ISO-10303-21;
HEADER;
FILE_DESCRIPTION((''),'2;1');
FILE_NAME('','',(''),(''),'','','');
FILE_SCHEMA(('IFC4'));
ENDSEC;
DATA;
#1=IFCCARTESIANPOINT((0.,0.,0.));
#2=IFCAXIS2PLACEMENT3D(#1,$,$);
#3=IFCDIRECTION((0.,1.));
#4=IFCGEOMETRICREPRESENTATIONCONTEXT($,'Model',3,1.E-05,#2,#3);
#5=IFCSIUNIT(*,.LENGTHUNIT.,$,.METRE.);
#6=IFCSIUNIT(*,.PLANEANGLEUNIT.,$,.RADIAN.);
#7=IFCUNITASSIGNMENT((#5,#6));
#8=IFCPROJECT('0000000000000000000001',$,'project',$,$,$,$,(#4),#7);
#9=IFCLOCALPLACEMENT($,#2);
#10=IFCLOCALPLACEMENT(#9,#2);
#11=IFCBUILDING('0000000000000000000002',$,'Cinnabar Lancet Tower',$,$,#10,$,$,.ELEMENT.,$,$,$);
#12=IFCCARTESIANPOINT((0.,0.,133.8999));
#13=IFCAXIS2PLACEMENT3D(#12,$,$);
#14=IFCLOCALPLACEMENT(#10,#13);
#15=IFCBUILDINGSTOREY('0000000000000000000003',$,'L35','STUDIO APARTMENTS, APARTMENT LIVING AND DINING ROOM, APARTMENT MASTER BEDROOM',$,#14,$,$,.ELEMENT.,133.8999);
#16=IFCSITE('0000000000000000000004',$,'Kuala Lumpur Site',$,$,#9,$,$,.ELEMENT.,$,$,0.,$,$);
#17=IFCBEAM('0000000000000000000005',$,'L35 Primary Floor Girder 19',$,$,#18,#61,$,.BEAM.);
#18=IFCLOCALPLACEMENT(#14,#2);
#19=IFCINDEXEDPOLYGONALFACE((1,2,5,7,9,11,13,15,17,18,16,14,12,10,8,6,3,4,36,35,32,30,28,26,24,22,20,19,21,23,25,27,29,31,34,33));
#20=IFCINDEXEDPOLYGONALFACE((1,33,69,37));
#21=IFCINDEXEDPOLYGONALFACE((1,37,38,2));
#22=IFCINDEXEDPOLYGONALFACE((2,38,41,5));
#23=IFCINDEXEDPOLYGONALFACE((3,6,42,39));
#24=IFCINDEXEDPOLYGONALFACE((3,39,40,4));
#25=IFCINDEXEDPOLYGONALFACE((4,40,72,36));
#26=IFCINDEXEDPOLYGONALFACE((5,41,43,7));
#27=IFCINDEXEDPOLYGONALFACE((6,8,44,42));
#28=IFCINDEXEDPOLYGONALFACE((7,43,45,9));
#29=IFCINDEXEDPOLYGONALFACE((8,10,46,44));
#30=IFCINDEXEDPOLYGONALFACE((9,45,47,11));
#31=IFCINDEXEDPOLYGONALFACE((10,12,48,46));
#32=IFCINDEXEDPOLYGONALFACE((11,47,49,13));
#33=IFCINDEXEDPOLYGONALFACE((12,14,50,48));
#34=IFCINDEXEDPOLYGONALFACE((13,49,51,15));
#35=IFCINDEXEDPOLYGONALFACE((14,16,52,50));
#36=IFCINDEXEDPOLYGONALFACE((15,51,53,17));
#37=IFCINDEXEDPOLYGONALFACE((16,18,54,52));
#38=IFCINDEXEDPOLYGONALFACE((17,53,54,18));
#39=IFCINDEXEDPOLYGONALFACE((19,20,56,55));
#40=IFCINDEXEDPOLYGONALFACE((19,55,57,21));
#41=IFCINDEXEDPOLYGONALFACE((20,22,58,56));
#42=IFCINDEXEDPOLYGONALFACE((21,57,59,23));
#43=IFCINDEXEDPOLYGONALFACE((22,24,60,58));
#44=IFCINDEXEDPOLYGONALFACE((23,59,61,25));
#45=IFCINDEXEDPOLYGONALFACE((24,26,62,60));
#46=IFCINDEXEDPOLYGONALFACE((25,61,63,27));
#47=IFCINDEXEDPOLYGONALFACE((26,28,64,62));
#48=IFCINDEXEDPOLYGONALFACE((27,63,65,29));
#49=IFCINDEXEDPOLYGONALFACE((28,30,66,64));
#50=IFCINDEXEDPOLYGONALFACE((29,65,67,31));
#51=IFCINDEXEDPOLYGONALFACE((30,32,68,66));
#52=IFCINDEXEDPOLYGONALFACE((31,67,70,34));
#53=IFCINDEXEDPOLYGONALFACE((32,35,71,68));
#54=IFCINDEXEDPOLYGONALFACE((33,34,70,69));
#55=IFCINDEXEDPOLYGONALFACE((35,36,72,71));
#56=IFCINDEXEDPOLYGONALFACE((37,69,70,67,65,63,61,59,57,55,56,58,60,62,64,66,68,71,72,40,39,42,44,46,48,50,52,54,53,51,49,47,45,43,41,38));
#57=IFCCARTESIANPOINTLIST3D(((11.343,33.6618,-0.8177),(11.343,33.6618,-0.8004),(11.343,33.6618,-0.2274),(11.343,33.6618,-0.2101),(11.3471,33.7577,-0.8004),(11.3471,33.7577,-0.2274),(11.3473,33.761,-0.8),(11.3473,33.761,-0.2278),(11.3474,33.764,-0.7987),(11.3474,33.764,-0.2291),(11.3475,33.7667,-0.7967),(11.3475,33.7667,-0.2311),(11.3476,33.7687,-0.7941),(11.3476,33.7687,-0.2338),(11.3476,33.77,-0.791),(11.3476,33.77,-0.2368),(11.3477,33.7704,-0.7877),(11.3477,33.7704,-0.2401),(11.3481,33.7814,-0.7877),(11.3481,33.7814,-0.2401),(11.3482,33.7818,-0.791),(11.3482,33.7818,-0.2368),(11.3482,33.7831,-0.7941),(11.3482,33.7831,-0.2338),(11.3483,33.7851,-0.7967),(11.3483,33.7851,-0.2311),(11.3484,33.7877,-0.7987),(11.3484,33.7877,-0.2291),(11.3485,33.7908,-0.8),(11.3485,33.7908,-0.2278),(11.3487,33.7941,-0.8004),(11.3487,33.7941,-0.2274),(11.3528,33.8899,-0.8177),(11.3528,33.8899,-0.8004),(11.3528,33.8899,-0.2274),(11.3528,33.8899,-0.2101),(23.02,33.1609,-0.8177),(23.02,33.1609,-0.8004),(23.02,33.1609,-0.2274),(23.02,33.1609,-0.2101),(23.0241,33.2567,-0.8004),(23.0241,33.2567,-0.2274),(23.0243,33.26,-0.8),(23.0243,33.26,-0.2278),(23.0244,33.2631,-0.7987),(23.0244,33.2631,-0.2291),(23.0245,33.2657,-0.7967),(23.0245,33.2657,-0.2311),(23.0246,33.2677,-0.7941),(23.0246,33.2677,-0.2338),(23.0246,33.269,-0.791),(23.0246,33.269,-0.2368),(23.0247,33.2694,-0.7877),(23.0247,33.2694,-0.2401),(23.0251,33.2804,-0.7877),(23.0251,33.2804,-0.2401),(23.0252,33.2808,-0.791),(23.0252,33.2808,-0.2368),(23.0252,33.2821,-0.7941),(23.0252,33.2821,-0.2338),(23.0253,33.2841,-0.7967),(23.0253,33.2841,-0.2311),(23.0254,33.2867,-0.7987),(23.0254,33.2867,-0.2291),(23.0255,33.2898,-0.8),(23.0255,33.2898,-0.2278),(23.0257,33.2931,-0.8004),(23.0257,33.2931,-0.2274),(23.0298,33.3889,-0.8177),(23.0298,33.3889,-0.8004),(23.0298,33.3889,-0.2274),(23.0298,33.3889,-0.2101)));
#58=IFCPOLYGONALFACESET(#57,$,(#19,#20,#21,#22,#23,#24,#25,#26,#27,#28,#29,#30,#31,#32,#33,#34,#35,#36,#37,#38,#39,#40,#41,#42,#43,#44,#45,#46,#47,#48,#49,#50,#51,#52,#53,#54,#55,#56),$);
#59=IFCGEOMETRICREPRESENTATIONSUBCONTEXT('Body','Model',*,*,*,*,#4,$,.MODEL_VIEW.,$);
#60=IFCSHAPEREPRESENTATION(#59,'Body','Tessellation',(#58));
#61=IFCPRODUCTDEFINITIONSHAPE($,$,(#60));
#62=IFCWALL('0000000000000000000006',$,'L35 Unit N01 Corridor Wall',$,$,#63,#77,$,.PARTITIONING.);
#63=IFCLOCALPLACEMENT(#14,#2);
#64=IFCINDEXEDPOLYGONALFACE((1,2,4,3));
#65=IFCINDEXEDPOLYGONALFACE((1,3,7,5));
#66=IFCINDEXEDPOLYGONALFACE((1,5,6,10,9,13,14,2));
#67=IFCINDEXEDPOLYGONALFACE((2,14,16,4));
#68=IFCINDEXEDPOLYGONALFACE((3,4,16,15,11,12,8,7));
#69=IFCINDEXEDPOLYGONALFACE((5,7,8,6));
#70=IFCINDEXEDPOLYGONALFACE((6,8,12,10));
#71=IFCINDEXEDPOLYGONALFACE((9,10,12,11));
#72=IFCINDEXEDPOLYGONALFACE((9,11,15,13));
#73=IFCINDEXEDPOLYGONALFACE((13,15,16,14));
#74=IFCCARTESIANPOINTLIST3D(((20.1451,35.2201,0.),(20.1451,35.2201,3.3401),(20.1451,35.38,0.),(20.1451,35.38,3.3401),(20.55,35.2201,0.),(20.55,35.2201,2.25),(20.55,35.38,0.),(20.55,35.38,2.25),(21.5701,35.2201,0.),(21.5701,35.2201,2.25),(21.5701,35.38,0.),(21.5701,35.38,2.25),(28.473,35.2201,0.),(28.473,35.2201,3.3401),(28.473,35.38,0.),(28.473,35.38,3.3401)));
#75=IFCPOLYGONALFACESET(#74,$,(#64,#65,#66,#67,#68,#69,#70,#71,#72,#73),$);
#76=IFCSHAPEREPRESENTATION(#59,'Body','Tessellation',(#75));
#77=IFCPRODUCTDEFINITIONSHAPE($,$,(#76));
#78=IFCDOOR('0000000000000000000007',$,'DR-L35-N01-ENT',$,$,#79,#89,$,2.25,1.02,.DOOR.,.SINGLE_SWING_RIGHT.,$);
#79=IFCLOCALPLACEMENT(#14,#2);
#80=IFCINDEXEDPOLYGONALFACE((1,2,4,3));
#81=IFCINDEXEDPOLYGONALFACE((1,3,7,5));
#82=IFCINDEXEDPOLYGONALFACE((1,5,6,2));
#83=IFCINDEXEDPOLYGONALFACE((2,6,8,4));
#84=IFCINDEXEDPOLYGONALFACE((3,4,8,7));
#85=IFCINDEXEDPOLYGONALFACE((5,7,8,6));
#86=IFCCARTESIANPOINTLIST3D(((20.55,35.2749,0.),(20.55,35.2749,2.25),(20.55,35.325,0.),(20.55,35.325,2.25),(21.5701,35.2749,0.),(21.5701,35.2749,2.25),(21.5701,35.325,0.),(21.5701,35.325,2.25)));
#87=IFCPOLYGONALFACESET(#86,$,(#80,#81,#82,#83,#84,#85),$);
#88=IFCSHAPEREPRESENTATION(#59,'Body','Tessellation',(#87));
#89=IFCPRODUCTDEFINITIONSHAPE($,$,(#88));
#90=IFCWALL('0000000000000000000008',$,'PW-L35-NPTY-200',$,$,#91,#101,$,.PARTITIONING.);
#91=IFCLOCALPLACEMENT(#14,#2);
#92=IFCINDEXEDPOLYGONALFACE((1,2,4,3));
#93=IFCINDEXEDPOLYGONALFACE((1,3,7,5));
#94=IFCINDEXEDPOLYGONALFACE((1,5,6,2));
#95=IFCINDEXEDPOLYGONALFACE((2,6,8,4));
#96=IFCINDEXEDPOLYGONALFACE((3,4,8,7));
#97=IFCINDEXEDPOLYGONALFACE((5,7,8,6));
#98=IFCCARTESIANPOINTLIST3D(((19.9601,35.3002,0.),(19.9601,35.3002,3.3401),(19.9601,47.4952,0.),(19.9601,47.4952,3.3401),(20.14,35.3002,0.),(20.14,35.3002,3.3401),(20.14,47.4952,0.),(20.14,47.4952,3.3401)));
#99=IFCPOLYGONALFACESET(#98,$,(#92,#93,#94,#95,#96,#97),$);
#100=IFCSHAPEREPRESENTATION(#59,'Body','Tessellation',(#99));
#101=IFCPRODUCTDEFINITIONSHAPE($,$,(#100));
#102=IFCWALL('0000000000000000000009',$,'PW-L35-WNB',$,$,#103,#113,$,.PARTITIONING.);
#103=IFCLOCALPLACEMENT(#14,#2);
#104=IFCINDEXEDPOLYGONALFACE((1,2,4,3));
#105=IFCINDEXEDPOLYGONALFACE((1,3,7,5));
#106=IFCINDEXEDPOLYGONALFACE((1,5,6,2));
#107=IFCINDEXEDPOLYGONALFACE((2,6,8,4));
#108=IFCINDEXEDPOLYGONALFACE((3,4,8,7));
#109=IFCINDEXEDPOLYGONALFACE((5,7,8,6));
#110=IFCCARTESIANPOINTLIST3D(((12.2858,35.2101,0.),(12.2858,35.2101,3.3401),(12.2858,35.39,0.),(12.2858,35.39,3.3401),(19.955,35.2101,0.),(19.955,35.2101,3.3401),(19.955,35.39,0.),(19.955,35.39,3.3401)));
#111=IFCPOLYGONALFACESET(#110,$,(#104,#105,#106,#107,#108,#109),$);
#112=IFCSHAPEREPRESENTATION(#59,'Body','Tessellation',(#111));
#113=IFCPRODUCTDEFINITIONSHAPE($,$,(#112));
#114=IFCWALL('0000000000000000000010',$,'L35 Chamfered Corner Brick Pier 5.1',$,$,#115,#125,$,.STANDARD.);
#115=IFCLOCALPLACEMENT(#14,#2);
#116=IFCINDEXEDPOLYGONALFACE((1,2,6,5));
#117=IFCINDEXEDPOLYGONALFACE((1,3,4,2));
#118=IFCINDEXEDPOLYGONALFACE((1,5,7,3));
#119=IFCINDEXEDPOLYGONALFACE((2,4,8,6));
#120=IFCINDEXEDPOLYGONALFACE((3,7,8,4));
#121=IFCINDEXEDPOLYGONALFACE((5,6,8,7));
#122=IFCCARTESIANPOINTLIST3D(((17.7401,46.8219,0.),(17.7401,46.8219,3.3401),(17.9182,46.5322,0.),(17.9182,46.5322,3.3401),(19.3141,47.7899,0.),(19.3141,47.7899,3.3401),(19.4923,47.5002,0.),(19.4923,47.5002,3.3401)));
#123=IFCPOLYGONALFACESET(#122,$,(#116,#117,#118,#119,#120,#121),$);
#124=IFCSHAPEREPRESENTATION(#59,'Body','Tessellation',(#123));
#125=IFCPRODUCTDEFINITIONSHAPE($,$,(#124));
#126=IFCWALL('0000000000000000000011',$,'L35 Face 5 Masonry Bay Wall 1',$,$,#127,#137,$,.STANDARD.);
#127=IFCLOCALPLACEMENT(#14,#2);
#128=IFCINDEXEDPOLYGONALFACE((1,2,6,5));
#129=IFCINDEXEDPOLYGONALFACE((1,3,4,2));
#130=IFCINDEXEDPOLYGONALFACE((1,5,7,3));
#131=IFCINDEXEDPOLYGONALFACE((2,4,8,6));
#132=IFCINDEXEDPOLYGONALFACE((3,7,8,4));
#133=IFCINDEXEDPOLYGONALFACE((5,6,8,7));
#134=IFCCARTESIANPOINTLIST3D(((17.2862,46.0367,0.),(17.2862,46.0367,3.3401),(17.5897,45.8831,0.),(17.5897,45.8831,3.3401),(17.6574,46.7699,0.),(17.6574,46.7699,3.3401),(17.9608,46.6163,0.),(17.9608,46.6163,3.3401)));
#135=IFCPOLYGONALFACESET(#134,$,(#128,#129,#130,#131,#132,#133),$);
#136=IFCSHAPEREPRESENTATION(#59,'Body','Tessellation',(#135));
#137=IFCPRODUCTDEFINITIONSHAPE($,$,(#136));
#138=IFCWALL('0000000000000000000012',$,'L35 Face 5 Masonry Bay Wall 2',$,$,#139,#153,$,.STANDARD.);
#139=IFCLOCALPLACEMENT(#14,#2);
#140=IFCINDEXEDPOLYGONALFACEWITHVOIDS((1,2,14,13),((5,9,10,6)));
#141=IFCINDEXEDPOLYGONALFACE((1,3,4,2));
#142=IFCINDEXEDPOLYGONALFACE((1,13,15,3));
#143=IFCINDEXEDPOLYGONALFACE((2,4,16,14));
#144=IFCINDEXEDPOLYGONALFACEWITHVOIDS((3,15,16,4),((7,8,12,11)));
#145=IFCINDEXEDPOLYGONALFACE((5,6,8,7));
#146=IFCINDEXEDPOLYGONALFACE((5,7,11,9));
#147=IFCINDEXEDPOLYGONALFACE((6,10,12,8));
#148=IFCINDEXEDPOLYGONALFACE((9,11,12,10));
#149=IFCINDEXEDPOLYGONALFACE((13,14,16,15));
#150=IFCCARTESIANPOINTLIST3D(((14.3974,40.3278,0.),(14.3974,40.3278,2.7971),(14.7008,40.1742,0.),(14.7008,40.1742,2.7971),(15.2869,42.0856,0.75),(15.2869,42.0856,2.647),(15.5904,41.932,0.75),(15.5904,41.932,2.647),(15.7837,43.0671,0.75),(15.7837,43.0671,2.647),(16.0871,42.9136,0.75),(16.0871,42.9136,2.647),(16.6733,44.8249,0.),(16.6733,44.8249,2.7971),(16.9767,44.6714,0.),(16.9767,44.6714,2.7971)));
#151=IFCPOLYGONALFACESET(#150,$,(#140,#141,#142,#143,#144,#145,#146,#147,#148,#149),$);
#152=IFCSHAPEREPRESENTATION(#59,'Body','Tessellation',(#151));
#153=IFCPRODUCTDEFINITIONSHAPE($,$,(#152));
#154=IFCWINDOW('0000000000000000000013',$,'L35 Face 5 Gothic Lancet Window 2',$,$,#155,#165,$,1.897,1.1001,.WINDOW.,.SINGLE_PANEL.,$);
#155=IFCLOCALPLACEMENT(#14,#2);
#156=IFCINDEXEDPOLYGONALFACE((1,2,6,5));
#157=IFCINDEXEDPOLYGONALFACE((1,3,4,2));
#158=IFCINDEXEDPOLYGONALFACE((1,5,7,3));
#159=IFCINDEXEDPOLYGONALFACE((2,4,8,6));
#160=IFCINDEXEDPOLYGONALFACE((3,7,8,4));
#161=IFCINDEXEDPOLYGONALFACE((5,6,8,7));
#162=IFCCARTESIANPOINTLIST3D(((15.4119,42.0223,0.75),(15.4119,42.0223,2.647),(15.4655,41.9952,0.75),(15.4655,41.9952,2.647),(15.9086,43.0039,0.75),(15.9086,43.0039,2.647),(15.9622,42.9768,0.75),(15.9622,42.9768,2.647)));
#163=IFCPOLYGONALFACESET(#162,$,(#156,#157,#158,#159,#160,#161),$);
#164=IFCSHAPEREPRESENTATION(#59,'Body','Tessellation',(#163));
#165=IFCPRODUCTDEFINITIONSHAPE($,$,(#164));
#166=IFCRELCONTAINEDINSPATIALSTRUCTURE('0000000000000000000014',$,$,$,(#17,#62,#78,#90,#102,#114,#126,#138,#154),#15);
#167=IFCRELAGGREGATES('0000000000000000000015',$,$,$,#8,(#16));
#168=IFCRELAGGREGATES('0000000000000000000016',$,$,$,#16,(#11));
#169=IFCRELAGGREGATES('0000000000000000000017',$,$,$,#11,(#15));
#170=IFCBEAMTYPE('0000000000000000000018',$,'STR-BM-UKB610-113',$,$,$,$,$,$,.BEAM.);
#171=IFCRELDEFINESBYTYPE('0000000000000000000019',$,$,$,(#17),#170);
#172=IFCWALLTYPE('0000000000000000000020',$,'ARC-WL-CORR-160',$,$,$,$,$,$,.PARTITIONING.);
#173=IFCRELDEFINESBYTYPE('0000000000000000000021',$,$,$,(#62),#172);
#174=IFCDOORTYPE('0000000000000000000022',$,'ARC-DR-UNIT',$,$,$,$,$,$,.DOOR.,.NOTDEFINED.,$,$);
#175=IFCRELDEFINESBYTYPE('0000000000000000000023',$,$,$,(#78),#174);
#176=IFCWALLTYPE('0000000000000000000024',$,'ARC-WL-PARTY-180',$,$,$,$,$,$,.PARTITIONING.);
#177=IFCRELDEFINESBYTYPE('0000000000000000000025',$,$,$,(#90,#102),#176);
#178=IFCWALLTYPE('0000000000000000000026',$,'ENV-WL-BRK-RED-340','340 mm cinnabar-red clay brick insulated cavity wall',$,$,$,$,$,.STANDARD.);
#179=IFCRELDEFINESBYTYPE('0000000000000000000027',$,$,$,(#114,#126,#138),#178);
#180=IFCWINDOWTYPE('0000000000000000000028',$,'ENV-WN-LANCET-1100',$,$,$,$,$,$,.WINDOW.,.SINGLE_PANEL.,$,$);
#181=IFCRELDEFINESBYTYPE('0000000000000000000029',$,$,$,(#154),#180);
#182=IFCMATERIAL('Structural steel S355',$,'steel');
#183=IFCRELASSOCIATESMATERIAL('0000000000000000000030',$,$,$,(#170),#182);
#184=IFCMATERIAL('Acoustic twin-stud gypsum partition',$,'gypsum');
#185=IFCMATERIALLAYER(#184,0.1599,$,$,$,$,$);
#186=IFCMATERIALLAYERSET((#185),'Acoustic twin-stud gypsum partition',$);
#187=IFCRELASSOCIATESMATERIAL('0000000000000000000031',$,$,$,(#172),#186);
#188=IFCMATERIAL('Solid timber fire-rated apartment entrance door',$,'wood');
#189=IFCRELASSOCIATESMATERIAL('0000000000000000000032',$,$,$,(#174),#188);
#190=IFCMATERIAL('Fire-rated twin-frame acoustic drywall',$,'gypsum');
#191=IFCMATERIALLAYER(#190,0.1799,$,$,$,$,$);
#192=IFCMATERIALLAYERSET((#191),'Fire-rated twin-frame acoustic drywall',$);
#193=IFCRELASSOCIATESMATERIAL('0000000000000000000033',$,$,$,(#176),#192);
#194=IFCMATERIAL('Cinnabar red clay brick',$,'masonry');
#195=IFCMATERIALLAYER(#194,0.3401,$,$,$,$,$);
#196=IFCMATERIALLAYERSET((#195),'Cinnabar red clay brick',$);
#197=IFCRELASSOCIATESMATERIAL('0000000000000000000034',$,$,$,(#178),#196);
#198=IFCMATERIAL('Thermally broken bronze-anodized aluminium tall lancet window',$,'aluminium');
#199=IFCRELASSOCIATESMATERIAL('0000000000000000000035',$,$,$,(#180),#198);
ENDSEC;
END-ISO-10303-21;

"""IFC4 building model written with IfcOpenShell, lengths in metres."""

from ifc_helpers import new_model, si_unit, direction, frame, frame_2d, origin, origin_2d, place, context, subcontext, project, spatial, rectangle, i_section, extrude, material, layer, layer_set, material_profile, profile_set, type_object, element, fill, save


model = new_model("IFC4")

# Units and contexts
model_context = context("Model", 3, precision=1e-05, world=origin(), true_north=direction((0.0, 1.0)))
body_context = subcontext(model_context, "Body", "Model", "MODEL_VIEW")
ifc_project = project(units=[si_unit("LENGTHUNIT", "METRE"), si_unit("PLANEANGLEUNIT", "RADIAN")], contexts=[model_context])

# Site, building, storey
site_placement = place(None, origin())
site = spatial("IfcSite", under=ifc_project, at=site_placement, Name="Kuala Lumpur Site", CompositionType="ELEMENT", RefElevation=0.0)
building_placement = place(site_placement, origin())
building = spatial("IfcBuilding", under=site, at=building_placement, Name="Cinnabar Lancet Tower", CompositionType="ELEMENT")
storey_placement = place(building_placement, frame((0.0, 0.0, 133.8999)))
storey = spatial("IfcBuildingStorey", under=building, at=storey_placement, Name="L35", Description="STUDIO APARTMENTS, APARTMENT LIVING AND DINING ROOM, APARTMENT MASTER BEDROOM", CompositionType="ELEMENT", Elevation=133.8999)

# Beam
ifc_material_1 = material(Name="Structural steel S355", Category="steel")
ifc_material_profile_1 = material_profile(ifc_material_1, i_section(OverallWidth=0.2283, OverallDepth=0.6077, WebThickness=0.011, FlangeThickness=0.0173, FilletRadius=0.0127, at=origin_2d()), Name="UKB 610x229x113")
ifc_profile_set_1 = profile_set([ifc_material_profile_1], Name="Structural steel S355")
beam_type_1 = type_object("IfcBeamType", Name="STR-BM-UKB610-113", PredefinedType="BEAM", material=ifc_profile_set_1)
beam_1_placement = place(storey_placement, frame((11.3479, 33.7759, -0.5139), z_axis=(0.999081, -0.042863, 0.0), x_axis=(0.042863, 0.999081, 0.0)))
element("IfcBeam", 1, at=beam_1_placement, inside=storey, type_object=beam_type_1, Name="L35 Primary Floor Girder 19", PredefinedType="BEAM", context=body_context, shape_type="SweptSolid", body=[
    extrude(i_section(OverallWidth=0.2283, OverallDepth=0.6077, WebThickness=0.011, FlangeThickness=0.0173, FilletRadius=0.0127, at=origin_2d()), origin(), (0.0, 0.0, 1.0), 11.6877),
])

# Wall, opening, door
ifc_material_2 = material(Name="Acoustic twin-stud gypsum partition", Category="gypsum")
ifc_layer_1 = layer(ifc_material_2, 0.1599)
ifc_layer_set_1 = layer_set([ifc_layer_1], Name="Acoustic twin-stud gypsum partition")
wall_type_1 = type_object("IfcWallType", Name="ARC-WL-CORR-160", PredefinedType="PARTITIONING", material=ifc_layer_set_1)
wall_1_placement = place(storey_placement, frame((20.145, 35.3, 0.0), z_axis=(0.0, 0.0, 1.0), x_axis=(1.0, 0.0, 0.0)))
wall_1 = element("IfcWall", 2, at=wall_1_placement, inside=storey, type_object=wall_type_1, Name="L35 Unit N01 Corridor Wall", PredefinedType="PARTITIONING", context=body_context, shape_type="SweptSolid", body=[
    extrude(rectangle(XDim=8.3279, YDim=0.1599, at=frame_2d((4.1641, 0.0))), origin(), (0.0, 0.0, 1.0), 3.3401),
])
opening_1_placement = place(wall_1_placement, frame((0.405, 0.0, 0.0)))
opening_1 = element("IfcOpeningElement", 3, at=opening_1_placement, cuts=wall_1, PredefinedType="OPENING", context=body_context, shape_type="SweptSolid", body=[
    extrude(rectangle(XDim=1.02, YDim=2.25, at=frame_2d((0.51, 1.125))), frame((0.0, 0.0898, 0.0), z_axis=(0.0, -1.0, 0.0), x_axis=(1.0, 0.0, 0.0)), (0.0, 0.0, 1.0), 0.1799),
])
ifc_material_3 = material(Name="Solid timber fire-rated apartment entrance door", Category="wood")
door_type = type_object("IfcDoorType", Name="ARC-DR-UNIT", OperationType="NOTDEFINED", PredefinedType="DOOR", material=ifc_material_3)
door_placement = place(opening_1_placement, origin())
door = element("IfcDoor", 4, at=door_placement, inside=storey, type_object=door_type, Name="DR-L35-N01-ENT", OperationType="SINGLE_SWING_RIGHT", OverallHeight=2.25, OverallWidth=1.02, PredefinedType="DOOR", context=body_context, shape_type="SweptSolid", body=[
    extrude(rectangle(XDim=1.02, YDim=2.25, at=frame_2d((0.51, 1.125))), frame((0.0, 0.0249, 0.0), z_axis=(0.0, -1.0, 0.0), x_axis=(1.0, 0.0, 0.0)), (0.0, 0.0, 1.0), 0.05),
])
fill(opening_1, door)

# Walls
ifc_material_4 = material(Name="Fire-rated twin-frame acoustic drywall", Category="gypsum")
ifc_layer_2 = layer(ifc_material_4, 0.1799)
ifc_layer_set_2 = layer_set([ifc_layer_2], Name="Fire-rated twin-frame acoustic drywall")
wall_type_2 = type_object("IfcWallType", Name="ARC-WL-PARTY-180", PredefinedType="PARTITIONING", material=ifc_layer_set_2)
wall_2_placement = place(storey_placement, frame((20.05, 35.3, 0.0), z_axis=(0.0, 0.0, 1.0), x_axis=(0.0, 1.0, 0.0)))
element("IfcWall", 5, at=wall_2_placement, inside=storey, type_object=wall_type_2, Name="PW-L35-NPTY-200", PredefinedType="PARTITIONING", context=body_context, shape_type="SweptSolid", body=[
    extrude(rectangle(XDim=12.1951, YDim=0.1799, at=frame_2d((6.0977, 0.0))), origin(), (0.0, 0.0, 1.0), 3.3401),
])
wall_3_placement = place(storey_placement, frame((12.2859, 35.3, 0.0), z_axis=(0.0, 0.0, 1.0), x_axis=(1.0, 0.0, 0.0)))
element("IfcWall", 6, at=wall_3_placement, inside=storey, type_object=wall_type_2, Name="PW-L35-WNB", PredefinedType="PARTITIONING", context=body_context, shape_type="SweptSolid", body=[
    extrude(rectangle(XDim=7.6692, YDim=0.1799, at=frame_2d((3.8345, 0.0))), origin(), (0.0, 0.0, 1.0), 3.3401),
])
ifc_material_5 = material(Name="Cinnabar red clay brick", Category="masonry")
ifc_layer_3 = layer(ifc_material_5, 0.3401)
ifc_layer_set_3 = layer_set([ifc_layer_3], Name="Cinnabar red clay brick")
wall_type_3 = type_object("IfcWallType", Name="ENV-WL-BRK-RED-340", Description="340 mm cinnabar-red clay brick insulated cavity wall", PredefinedType="STANDARD", material=ifc_layer_set_3)
wall_4_placement = place(storey_placement, frame((19.4031, 47.645, 0.0), z_axis=(0.0, 0.0, 1.0), x_axis=(-0.851799, -0.523869, 0.0)))
element("IfcWall", 7, at=wall_4_placement, inside=storey, type_object=wall_type_3, Name="L35 Chamfered Corner Brick Pier 5.1", PredefinedType="STANDARD", context=body_context, shape_type="SweptSolid", body=[
    extrude(rectangle(XDim=1.8479, YDim=0.3401, at=frame_2d((0.9238, 0.0))), origin(), (0.0, 0.0, 1.0), 3.3401),
])
wall_5_placement = place(storey_placement, frame((17.8091, 46.6931, 0.0), z_axis=(0.0, 0.0, 1.0), x_axis=(-0.451605, -0.892218, 0.0)))
element("IfcWall", 8, at=wall_5_placement, inside=storey, type_object=wall_type_3, Name="L35 Face 5 Masonry Bay Wall 1", PredefinedType="STANDARD", context=body_context, shape_type="SweptSolid", body=[
    extrude(rectangle(XDim=0.8218, YDim=0.3401, at=frame_2d((0.4109, 0.0))), origin(), (0.0, 0.0, 1.0), 3.3401),
])

# Wall, opening, window
wall_6_placement = place(storey_placement, frame((16.825, 44.748, 0.0), z_axis=(0.0, 0.0, 1.0), x_axis=(-0.451548, -0.892247, 0.0)))
wall_6 = element("IfcWall", 9, at=wall_6_placement, inside=storey, type_object=wall_type_3, Name="L35 Face 5 Masonry Bay Wall 2", PredefinedType="STANDARD", context=body_context, shape_type="SweptSolid", body=[
    extrude(rectangle(XDim=5.0403, YDim=0.3401, at=frame_2d((2.52, 0.0))), origin(), (0.0, 0.0, 1.0), 2.7971),
])
opening_2_placement = place(wall_6_placement, frame((1.97, 0.0, 0.75)))
opening_2 = element("IfcOpeningElement", 10, at=opening_2_placement, cuts=wall_6, PredefinedType="OPENING", context=body_context, shape_type="SweptSolid", body=[
    extrude(rectangle(XDim=1.1001, YDim=1.897, at=frame_2d((0.55, 0.9485))), frame((0.0, 0.1799, 0.0), z_axis=(0.0, -1.0, 0.0), x_axis=(1.0, 0.0, 0.0)), (0.0, 0.0, 1.0), 0.3601),
])
ifc_material_6 = material(Name="Thermally broken bronze-anodized aluminium tall lancet window", Category="aluminium")
window_type = type_object("IfcWindowType", Name="ENV-WN-LANCET-1100", PartitioningType="SINGLE_PANEL", PredefinedType="WINDOW", material=ifc_material_6)
window_1_placement = place(opening_2_placement, origin())
window_1 = element("IfcWindow", 11, at=window_1_placement, inside=storey, type_object=window_type, Name="L35 Face 5 Gothic Lancet Window 2", OverallHeight=1.897, OverallWidth=1.1001, PartitioningType="SINGLE_PANEL", PredefinedType="WINDOW", context=body_context, shape_type="SweptSolid", body=[
    extrude(rectangle(XDim=1.1001, YDim=1.897, at=frame_2d((0.55, 0.9485))), frame((0.0, 0.03, 0.0), z_axis=(0.0, -1.0, 0.0), x_axis=(1.0, 0.0, 0.0)), (0.0, 0.0, 1.0), 0.0601),
])
fill(opening_2, window_1)

save(model, "model.ifc")
